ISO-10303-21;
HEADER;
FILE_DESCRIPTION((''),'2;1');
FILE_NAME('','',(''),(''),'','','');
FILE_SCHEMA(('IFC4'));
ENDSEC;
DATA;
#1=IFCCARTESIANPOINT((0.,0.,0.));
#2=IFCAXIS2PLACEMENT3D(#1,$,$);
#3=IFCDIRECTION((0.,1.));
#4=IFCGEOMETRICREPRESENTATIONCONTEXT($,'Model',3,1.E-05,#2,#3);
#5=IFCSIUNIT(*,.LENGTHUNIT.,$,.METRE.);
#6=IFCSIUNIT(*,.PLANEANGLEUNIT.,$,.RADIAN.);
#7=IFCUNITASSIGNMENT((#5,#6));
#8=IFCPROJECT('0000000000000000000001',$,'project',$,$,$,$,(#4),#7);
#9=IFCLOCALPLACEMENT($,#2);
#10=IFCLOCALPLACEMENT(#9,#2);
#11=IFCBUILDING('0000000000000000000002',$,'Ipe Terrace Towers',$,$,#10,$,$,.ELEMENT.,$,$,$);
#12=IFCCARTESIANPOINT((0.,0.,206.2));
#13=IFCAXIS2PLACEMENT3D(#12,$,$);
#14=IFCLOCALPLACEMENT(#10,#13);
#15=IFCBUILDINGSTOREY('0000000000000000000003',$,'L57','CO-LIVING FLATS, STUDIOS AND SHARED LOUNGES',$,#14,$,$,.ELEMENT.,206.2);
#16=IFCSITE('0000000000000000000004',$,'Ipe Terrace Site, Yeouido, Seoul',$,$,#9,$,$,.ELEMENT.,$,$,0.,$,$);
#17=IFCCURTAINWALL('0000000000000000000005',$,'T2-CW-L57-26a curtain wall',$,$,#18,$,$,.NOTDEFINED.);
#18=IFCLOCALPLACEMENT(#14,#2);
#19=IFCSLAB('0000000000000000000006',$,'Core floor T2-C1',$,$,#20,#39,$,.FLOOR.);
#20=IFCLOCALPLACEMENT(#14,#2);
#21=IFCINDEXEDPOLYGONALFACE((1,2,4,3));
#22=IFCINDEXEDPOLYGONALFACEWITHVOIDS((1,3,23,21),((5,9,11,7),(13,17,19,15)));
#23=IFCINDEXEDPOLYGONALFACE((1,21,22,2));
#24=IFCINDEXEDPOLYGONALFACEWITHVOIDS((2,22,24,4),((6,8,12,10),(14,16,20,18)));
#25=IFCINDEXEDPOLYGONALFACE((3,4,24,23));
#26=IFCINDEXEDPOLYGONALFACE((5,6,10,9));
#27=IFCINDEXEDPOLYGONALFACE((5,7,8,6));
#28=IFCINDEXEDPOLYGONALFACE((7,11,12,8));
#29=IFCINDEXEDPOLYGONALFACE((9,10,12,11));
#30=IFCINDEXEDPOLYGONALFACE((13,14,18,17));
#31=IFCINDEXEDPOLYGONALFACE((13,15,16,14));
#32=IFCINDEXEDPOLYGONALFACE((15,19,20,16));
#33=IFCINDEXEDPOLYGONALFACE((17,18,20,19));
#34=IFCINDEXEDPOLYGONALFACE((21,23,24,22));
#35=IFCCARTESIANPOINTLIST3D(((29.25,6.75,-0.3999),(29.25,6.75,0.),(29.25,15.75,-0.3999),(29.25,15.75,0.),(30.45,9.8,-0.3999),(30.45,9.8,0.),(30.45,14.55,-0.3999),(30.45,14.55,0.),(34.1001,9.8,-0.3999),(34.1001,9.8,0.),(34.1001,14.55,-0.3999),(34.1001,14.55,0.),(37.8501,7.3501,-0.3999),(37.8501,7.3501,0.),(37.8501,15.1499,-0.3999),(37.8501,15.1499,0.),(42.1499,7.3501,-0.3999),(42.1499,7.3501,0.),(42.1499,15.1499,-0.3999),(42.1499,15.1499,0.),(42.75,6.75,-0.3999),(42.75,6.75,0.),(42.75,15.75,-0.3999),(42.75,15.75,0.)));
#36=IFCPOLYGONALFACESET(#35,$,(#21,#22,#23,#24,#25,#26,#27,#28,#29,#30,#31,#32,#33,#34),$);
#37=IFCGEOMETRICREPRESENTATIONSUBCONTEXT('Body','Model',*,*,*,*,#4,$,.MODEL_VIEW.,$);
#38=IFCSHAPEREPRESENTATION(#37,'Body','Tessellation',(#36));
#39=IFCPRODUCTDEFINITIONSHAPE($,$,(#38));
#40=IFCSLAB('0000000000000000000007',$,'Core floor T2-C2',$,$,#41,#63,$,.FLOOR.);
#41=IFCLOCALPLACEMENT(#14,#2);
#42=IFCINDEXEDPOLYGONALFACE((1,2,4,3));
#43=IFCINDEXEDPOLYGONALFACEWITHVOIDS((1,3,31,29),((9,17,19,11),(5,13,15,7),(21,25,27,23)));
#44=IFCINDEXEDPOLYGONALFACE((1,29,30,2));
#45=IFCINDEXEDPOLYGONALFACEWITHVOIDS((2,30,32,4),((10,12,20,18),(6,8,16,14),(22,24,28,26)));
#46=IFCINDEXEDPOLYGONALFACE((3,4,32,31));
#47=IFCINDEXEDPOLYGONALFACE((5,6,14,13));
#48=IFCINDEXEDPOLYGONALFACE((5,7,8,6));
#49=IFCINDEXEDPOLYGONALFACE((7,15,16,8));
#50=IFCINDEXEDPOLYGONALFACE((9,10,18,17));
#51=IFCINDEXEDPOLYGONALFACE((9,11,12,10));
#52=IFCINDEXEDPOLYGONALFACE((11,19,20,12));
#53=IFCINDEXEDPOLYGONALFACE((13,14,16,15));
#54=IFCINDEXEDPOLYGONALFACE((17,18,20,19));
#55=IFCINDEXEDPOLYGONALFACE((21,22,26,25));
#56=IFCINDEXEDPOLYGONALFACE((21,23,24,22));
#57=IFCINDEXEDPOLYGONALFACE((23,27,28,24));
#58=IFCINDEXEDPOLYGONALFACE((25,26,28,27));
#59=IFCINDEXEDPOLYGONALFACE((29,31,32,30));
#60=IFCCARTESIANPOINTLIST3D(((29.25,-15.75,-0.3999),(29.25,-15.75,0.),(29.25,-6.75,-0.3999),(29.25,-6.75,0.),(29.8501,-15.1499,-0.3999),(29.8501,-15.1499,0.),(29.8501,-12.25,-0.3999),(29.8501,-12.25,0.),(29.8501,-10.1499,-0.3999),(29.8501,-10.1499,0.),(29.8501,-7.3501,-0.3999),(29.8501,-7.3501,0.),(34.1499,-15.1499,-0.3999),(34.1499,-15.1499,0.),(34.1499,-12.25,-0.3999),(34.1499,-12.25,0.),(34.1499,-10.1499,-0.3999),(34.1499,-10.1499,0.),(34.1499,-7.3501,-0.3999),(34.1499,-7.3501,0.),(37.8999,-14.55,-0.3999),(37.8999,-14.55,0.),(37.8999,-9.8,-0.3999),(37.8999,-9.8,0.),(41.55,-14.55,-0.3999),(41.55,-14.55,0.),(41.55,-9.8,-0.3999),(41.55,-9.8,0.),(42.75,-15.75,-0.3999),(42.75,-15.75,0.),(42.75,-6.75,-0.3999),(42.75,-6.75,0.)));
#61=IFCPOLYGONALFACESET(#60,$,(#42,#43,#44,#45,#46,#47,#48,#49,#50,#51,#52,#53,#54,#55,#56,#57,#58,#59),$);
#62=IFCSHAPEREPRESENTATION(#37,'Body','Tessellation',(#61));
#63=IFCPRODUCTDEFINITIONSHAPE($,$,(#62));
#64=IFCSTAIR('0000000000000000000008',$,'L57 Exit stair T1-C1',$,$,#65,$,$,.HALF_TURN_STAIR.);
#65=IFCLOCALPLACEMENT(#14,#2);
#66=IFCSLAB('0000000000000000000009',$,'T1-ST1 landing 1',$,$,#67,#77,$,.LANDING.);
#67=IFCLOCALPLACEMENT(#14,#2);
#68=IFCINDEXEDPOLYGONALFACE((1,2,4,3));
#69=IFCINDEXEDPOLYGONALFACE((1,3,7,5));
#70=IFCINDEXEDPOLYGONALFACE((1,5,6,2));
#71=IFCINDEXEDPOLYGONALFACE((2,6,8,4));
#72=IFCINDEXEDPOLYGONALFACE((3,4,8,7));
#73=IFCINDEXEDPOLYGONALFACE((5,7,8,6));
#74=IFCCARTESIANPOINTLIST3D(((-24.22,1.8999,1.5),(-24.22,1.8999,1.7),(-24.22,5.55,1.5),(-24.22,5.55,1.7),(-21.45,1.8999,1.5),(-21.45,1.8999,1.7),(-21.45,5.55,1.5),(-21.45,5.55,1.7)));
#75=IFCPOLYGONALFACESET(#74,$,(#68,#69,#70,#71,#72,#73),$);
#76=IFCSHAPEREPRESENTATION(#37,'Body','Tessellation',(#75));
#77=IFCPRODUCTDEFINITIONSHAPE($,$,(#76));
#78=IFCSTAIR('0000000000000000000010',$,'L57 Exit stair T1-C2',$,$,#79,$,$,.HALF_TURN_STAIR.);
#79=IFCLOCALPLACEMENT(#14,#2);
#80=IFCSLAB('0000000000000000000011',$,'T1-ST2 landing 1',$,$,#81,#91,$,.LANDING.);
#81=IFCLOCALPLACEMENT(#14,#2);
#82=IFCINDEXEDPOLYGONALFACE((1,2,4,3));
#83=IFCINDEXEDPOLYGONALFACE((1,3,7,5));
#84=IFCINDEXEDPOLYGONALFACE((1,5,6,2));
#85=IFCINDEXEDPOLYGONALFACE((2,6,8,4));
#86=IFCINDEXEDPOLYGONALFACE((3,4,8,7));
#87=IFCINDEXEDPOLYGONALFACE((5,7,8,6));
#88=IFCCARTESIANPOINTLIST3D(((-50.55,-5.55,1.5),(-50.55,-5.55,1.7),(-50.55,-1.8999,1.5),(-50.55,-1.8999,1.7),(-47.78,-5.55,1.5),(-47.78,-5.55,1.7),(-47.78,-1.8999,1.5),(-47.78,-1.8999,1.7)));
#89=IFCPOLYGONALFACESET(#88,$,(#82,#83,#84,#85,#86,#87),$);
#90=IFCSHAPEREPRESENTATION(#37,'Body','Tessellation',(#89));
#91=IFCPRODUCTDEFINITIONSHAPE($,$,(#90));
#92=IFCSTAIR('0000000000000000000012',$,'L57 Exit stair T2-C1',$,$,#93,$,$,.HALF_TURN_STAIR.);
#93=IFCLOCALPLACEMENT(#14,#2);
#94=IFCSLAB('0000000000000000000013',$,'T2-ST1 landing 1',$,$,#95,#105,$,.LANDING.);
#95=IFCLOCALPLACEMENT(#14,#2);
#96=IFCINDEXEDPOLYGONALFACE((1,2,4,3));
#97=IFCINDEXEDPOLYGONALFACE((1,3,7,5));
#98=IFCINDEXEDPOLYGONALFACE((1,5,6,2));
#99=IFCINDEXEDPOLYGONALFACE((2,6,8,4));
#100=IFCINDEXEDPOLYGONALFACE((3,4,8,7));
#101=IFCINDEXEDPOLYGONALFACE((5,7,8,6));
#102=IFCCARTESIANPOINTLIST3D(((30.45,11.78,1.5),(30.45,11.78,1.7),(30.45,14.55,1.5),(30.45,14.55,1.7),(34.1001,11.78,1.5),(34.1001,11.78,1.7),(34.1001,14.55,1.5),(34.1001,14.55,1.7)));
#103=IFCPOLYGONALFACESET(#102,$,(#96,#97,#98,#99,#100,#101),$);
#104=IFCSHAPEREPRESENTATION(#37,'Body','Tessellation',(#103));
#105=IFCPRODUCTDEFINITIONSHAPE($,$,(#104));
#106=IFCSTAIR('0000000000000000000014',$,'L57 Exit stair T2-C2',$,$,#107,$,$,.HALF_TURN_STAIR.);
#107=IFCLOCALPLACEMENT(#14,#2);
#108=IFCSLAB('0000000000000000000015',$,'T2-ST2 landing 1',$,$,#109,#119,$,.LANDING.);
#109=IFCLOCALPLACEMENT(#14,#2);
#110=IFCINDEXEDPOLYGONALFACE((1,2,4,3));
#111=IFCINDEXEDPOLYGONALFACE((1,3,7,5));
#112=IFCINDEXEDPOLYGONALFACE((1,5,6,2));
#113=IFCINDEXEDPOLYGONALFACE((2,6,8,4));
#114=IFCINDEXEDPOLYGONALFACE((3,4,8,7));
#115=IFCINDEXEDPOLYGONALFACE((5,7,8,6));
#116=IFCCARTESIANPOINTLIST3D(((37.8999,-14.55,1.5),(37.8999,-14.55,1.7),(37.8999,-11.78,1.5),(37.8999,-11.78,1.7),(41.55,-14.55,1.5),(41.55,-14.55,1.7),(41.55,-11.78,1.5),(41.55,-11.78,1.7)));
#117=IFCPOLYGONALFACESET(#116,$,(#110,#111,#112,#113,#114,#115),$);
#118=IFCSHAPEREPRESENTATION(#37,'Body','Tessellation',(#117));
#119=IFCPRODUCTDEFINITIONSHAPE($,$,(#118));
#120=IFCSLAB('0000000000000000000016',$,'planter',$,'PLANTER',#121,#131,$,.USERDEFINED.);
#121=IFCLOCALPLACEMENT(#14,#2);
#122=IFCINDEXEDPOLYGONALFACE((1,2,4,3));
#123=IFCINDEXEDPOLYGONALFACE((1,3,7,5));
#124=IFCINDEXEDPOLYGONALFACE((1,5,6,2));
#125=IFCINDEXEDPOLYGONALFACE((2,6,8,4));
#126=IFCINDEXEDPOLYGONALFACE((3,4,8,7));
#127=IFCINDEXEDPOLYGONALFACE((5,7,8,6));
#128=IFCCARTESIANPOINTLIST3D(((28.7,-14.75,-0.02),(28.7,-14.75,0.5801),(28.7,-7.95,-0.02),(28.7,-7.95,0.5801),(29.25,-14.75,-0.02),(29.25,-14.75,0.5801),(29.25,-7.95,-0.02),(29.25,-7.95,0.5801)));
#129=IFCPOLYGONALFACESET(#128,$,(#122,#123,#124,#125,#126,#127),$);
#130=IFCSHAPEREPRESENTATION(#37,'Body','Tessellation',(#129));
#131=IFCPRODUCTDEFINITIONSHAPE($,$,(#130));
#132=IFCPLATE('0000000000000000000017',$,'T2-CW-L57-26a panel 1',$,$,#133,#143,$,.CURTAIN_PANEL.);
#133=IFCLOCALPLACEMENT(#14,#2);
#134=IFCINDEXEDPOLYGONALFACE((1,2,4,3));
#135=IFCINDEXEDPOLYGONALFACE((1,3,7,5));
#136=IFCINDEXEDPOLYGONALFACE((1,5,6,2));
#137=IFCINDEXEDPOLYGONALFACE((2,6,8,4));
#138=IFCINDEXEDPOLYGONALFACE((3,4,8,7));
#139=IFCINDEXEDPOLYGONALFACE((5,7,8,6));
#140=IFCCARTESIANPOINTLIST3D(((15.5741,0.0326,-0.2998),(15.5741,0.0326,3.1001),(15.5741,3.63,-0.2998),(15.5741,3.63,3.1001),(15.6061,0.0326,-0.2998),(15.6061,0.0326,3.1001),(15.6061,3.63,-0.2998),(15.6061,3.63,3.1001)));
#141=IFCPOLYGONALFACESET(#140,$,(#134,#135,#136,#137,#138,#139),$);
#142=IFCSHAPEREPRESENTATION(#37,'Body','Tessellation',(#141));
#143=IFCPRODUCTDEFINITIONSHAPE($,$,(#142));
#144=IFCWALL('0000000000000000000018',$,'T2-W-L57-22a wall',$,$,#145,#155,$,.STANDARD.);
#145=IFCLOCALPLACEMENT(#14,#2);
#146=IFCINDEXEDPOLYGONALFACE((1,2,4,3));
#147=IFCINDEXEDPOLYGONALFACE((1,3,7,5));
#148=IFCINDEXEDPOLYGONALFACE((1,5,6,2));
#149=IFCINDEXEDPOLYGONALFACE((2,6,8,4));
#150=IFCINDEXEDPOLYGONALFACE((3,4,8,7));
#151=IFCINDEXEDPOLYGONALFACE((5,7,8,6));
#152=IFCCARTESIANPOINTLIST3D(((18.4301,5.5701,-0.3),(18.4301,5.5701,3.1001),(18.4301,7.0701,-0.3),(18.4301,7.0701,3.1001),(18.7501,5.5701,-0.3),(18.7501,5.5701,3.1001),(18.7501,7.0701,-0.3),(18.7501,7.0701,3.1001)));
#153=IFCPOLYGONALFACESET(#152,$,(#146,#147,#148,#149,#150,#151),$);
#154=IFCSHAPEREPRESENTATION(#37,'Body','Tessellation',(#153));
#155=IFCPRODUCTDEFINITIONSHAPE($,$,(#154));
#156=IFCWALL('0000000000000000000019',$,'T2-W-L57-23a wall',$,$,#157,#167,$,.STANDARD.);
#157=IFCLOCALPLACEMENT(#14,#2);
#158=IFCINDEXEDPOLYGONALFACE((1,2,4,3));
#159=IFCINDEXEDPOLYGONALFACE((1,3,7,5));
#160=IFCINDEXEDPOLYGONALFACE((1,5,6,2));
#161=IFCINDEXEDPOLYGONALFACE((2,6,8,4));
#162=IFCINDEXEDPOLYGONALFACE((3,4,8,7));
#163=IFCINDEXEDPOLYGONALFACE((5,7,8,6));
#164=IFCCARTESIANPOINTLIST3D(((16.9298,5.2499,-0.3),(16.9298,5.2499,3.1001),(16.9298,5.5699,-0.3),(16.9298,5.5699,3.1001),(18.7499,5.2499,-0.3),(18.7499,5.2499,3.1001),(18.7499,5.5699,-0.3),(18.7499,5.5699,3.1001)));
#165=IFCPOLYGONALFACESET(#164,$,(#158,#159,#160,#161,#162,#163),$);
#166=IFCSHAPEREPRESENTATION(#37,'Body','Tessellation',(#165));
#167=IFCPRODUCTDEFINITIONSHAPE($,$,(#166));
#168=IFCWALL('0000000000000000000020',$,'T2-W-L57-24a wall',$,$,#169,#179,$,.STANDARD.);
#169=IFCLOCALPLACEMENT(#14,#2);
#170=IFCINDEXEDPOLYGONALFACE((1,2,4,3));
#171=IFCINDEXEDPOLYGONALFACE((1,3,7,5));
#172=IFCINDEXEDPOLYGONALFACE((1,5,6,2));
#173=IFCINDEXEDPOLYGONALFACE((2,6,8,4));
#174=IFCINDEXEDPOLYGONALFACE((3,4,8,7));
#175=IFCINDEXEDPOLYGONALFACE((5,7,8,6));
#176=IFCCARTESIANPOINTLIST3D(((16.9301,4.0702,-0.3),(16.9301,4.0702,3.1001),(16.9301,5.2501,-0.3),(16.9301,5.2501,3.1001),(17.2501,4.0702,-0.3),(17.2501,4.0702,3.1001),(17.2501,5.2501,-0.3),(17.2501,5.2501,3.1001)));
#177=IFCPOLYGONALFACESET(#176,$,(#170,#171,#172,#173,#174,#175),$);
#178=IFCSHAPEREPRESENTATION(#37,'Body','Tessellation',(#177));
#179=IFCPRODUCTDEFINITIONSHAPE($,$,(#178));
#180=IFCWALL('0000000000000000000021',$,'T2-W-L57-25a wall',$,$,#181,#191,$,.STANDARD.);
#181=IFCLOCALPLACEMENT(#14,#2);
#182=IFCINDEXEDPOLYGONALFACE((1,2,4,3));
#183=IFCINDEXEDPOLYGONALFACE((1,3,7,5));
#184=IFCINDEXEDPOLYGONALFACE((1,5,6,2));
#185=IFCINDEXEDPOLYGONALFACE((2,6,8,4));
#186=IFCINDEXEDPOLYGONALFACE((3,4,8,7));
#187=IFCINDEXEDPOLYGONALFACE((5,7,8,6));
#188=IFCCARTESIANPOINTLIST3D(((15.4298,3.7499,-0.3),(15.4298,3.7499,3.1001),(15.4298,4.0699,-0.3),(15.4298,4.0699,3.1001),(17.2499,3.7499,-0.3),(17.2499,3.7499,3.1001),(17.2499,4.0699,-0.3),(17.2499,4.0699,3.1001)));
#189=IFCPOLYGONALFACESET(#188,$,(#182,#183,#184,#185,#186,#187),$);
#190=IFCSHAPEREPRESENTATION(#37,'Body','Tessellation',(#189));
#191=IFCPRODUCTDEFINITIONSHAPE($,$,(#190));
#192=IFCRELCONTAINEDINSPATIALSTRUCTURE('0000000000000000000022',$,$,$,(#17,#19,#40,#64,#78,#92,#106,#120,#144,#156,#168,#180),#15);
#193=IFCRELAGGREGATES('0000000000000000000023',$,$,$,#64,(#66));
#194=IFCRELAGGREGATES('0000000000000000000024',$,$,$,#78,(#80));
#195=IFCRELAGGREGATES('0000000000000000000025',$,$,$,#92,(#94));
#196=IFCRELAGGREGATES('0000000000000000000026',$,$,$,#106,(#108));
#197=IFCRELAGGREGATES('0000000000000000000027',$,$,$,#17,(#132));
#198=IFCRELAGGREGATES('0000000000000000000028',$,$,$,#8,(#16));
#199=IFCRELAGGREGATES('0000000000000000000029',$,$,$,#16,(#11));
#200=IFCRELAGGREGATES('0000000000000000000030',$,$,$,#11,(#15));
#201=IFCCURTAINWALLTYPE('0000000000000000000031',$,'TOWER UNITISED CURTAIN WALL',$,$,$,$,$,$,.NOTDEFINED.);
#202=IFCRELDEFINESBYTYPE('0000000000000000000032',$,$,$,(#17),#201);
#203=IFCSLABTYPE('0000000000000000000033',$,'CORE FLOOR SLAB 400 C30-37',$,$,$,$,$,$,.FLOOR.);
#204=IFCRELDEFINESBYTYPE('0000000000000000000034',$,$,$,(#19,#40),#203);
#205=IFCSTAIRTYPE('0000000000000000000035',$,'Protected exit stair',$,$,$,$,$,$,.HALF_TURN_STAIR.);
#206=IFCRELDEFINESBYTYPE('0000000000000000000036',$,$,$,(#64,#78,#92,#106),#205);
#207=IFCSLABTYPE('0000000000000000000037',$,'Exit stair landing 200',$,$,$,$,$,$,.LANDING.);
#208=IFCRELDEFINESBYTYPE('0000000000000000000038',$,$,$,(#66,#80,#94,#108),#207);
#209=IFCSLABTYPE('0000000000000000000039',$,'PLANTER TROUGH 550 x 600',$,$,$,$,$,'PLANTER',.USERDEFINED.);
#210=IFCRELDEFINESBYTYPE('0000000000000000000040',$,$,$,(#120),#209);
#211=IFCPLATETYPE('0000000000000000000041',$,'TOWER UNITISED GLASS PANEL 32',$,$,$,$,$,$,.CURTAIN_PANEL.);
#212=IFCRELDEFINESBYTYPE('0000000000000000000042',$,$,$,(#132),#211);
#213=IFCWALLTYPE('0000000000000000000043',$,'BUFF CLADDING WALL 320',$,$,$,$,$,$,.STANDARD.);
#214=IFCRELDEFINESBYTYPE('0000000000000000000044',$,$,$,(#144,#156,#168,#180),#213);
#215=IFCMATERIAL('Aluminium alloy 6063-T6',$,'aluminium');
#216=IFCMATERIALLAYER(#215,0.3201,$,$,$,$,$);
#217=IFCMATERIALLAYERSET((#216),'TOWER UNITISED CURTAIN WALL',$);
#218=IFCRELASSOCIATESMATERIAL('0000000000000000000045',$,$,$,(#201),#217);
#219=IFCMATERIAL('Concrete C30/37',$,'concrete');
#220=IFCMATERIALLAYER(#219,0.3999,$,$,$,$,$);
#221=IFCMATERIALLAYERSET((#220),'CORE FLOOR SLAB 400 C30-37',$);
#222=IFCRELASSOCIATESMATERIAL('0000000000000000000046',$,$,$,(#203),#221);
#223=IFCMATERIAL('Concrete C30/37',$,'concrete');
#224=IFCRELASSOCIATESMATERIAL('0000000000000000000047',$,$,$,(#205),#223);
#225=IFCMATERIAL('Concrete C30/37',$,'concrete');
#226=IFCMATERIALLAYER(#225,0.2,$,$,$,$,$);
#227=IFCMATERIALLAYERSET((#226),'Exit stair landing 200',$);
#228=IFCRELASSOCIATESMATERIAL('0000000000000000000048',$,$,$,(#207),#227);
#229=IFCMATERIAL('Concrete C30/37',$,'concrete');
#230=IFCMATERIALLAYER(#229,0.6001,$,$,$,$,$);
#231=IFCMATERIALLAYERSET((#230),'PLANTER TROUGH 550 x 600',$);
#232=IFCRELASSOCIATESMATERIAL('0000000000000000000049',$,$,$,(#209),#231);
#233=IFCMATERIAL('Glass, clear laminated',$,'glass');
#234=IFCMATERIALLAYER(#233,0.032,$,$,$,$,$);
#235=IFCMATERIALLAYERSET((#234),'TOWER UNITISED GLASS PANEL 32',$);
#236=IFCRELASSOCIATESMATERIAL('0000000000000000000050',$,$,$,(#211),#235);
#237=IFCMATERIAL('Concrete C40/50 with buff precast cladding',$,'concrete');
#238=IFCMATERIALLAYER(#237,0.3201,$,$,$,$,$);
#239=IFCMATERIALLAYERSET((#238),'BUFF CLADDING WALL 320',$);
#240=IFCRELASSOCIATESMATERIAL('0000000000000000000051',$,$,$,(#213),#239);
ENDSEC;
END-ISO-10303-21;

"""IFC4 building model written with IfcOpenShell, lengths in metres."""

from ifc_helpers import new_model, si_unit, direction, frame, frame_2d, origin, origin_2d, place, context, subcontext, project, spatial, polyline, rectangle, outline, extrude, material, layer, layer_set, type_object, element, aggregate, save


model = new_model("IFC4")

# Units and contexts
model_context = context("Model", 3, precision=1e-05, world=origin(), true_north=direction((0.0, 1.0)))
body_context = subcontext(model_context, "Body", "Model", "MODEL_VIEW")
ifc_project = project(units=[si_unit("LENGTHUNIT", "METRE"), si_unit("PLANEANGLEUNIT", "RADIAN")], contexts=[model_context])

# Site, building, storey
site_placement = place(None, origin())
site = spatial("IfcSite", under=ifc_project, at=site_placement, Name="Ipe Terrace Site, Yeouido, Seoul", CompositionType="ELEMENT", RefElevation=0.0)
building_placement = place(site_placement, origin())
building = spatial("IfcBuilding", under=site, at=building_placement, Name="Ipe Terrace Towers", CompositionType="ELEMENT")
storey_placement = place(building_placement, frame((0.0, 0.0, 206.2)))
storey = spatial("IfcBuildingStorey", under=building, at=storey_placement, Name="L57", Description="CO-LIVING FLATS, STUDIOS AND SHARED LOUNGES", CompositionType="ELEMENT", Elevation=206.2)

# Shared definitions
ifc_material_1 = material(Name="Aluminium alloy 6063-T6", Category="aluminium")
ifc_layer_1 = layer(ifc_material_1, 0.3201)
ifc_layer_set_1 = layer_set([ifc_layer_1], Name="TOWER UNITISED CURTAIN WALL")
curtain_wall_type = type_object("IfcCurtainWallType", Name="TOWER UNITISED CURTAIN WALL", PredefinedType="NOTDEFINED", material=ifc_layer_set_1)

# Curtain wall
curtain_wall_1_placement = place(storey_placement, origin())
curtain_wall_1 = element("IfcCurtainWall", 1, at=curtain_wall_1_placement, inside=storey, type_object=curtain_wall_type, Name="T2-CW-L57-26a curtain wall", PredefinedType="NOTDEFINED")

# Slabs
ifc_material_2 = material(Name="Concrete C30/37", Category="concrete")
ifc_layer_2 = layer(ifc_material_2, 0.3999)
ifc_layer_set_2 = layer_set([ifc_layer_2], Name="CORE FLOOR SLAB 400 C30-37")
slab_type_1 = type_object("IfcSlabType", Name="CORE FLOOR SLAB 400 C30-37", PredefinedType="FLOOR", material=ifc_layer_set_2)
slab_1_placement = place(storey_placement, frame((0.0, 0.0, -0.3999)))
element("IfcSlab", 2, at=slab_1_placement, inside=storey, type_object=slab_type_1, Name="Core floor T2-C1", PredefinedType="FLOOR", context=body_context, shape_type="SweptSolid", body=[
    extrude(outline(polyline([(29.25, 6.75), (29.25, 15.75), (42.75, 15.75), (42.75, 6.75), (29.25, 6.75)]), holes=[polyline([(42.1499, 7.3501), (42.1499, 15.1499), (37.8501, 15.1499), (37.8501, 7.3501), (42.1499, 7.3501)]), polyline([(30.45, 9.8), (34.1001, 9.8), (34.1001, 14.55), (30.45, 14.55), (30.45, 9.8)])]), origin(), (0.0, 0.0, 1.0), 0.3999),
])
slab_2_placement = place(storey_placement, frame((0.0, 0.0, -0.3999)))
element("IfcSlab", 3, at=slab_2_placement, inside=storey, type_object=slab_type_1, Name="Core floor T2-C2", PredefinedType="FLOOR", context=body_context, shape_type="SweptSolid", body=[
    extrude(outline(polyline([(29.25, -15.75), (29.25, -6.75), (42.75, -6.75), (42.75, -15.75), (29.25, -15.75)]), holes=[polyline([(29.8501, -12.25), (29.8501, -15.1499), (34.1499, -15.1499), (34.1499, -12.25), (29.8501, -12.25)]), polyline([(41.55, -9.8), (37.8999, -9.8), (37.8999, -14.55), (41.55, -14.55), (41.55, -9.8)]), polyline([(34.1499, -7.3501), (29.8501, -7.3501), (29.8501, -10.1499), (34.1499, -10.1499), (34.1499, -7.3501)])]), origin(), (0.0, 0.0, 1.0), 0.3999),
])

# Stairs, slabs
ifc_material_3 = material(Name="Concrete C30/37", Category="concrete")
stair_type = type_object("IfcStairType", Name="Protected exit stair", PredefinedType="HALF_TURN_STAIR", material=ifc_material_3)
stair_1_placement = place(storey_placement, origin())
stair_1 = element("IfcStair", 4, at=stair_1_placement, inside=storey, type_object=stair_type, Name="L57 Exit stair T1-C1", PredefinedType="HALF_TURN_STAIR")
ifc_material_4 = material(Name="Concrete C30/37", Category="concrete")
ifc_layer_3 = layer(ifc_material_4, 0.2)
ifc_layer_set_3 = layer_set([ifc_layer_3], Name="Exit stair landing 200")
slab_type_2 = type_object("IfcSlabType", Name="Exit stair landing 200", PredefinedType="LANDING", material=ifc_layer_set_3)
slab_3_placement = place(storey_placement, frame((0.0, 0.0, 1.5)))
slab_3 = element("IfcSlab", 5, at=slab_3_placement, type_object=slab_type_2, Name="T1-ST1 landing 1", PredefinedType="LANDING", context=body_context, shape_type="SweptSolid", body=[
    extrude(outline(polyline([(-24.22, 1.8999), (-21.45, 1.8999), (-21.45, 5.55), (-24.22, 5.55), (-24.22, 1.8999)])), origin(), (0.0, 0.0, 1.0), 0.2),
])
aggregate(stair_1, [slab_3])
stair_2_placement = place(storey_placement, origin())
stair_2 = element("IfcStair", 6, at=stair_2_placement, inside=storey, type_object=stair_type, Name="L57 Exit stair T1-C2", PredefinedType="HALF_TURN_STAIR")
slab_4_placement = place(storey_placement, frame((0.0, 0.0, 1.5)))
slab_4 = element("IfcSlab", 7, at=slab_4_placement, type_object=slab_type_2, Name="T1-ST2 landing 1", PredefinedType="LANDING", context=body_context, shape_type="SweptSolid", body=[
    extrude(outline(polyline([(-47.78, -1.8999), (-50.55, -1.8999), (-50.55, -5.55), (-47.78, -5.55), (-47.78, -1.8999)])), origin(), (0.0, 0.0, 1.0), 0.2),
])
aggregate(stair_2, [slab_4])
stair_3_placement = place(storey_placement, origin())
stair_3 = element("IfcStair", 8, at=stair_3_placement, inside=storey, type_object=stair_type, Name="L57 Exit stair T2-C1", PredefinedType="HALF_TURN_STAIR")
slab_5_placement = place(storey_placement, frame((0.0, 0.0, 1.5)))
slab_5 = element("IfcSlab", 9, at=slab_5_placement, type_object=slab_type_2, Name="T2-ST1 landing 1", PredefinedType="LANDING", context=body_context, shape_type="SweptSolid", body=[
    extrude(outline(polyline([(34.1001, 11.78), (34.1001, 14.55), (30.45, 14.55), (30.45, 11.78), (34.1001, 11.78)])), origin(), (0.0, 0.0, 1.0), 0.2),
])
aggregate(stair_3, [slab_5])
stair_4_placement = place(storey_placement, origin())
stair_4 = element("IfcStair", 10, at=stair_4_placement, inside=storey, type_object=stair_type, Name="L57 Exit stair T2-C2", PredefinedType="HALF_TURN_STAIR")
slab_6_placement = place(storey_placement, frame((0.0, 0.0, 1.5)))
slab_6 = element("IfcSlab", 11, at=slab_6_placement, type_object=slab_type_2, Name="T2-ST2 landing 1", PredefinedType="LANDING", context=body_context, shape_type="SweptSolid", body=[
    extrude(outline(polyline([(37.8999, -11.78), (37.8999, -14.55), (41.55, -14.55), (41.55, -11.78), (37.8999, -11.78)])), origin(), (0.0, 0.0, 1.0), 0.2),
])
aggregate(stair_4, [slab_6])

# Slab
ifc_material_5 = material(Name="Concrete C30/37", Category="concrete")
ifc_layer_4 = layer(ifc_material_5, 0.6001)
ifc_layer_set_4 = layer_set([ifc_layer_4], Name="PLANTER TROUGH 550 x 600")
slab_type_3 = type_object("IfcSlabType", Name="PLANTER TROUGH 550 x 600", ElementType="PLANTER", PredefinedType="USERDEFINED", material=ifc_layer_set_4)
slab_7_placement = place(storey_placement, frame((0.0, 0.0, -0.02)))
element("IfcSlab", 12, at=slab_7_placement, inside=storey, type_object=slab_type_3, Name="planter", ObjectType="PLANTER", PredefinedType="USERDEFINED", context=body_context, shape_type="SweptSolid", body=[
    extrude(outline(polyline([(29.25, -7.95), (28.7, -7.95), (28.7, -14.75), (29.25, -14.75), (29.25, -7.95)])), origin(), (0.0, 0.0, 1.0), 0.6001),
])

# Plate
ifc_material_6 = material(Name="Glass, clear laminated", Category="glass")
ifc_layer_5 = layer(ifc_material_6, 0.032)
ifc_layer_set_5 = layer_set([ifc_layer_5], Name="TOWER UNITISED GLASS PANEL 32")
plate_type = type_object("IfcPlateType", Name="TOWER UNITISED GLASS PANEL 32", PredefinedType="CURTAIN_PANEL", material=ifc_layer_set_5)
plate_placement = place(storey_placement, frame((15.5901, 1.8313, -0.2998), z_axis=(0.0, 0.0, 1.0), x_axis=(0.0, -1.0, 0.0)))
plate = element("IfcPlate", 13, at=plate_placement, type_object=plate_type, Name="T2-CW-L57-26a panel 1", PredefinedType="CURTAIN_PANEL", context=body_context, shape_type="SweptSolid", body=[
    extrude(rectangle(XDim=3.5974, YDim=0.032, at=origin_2d()), origin(), (0.0, 0.0, 1.0), 3.3999),
])
aggregate(curtain_wall_1, [plate])

# Walls
ifc_material_7 = material(Name="Concrete C40/50 with buff precast cladding", Category="concrete")
ifc_layer_6 = layer(ifc_material_7, 0.3201)
ifc_layer_set_6 = layer_set([ifc_layer_6], Name="BUFF CLADDING WALL 320")
wall_type_1 = type_object("IfcWallType", Name="BUFF CLADDING WALL 320", PredefinedType="STANDARD", material=ifc_layer_set_6)
wall_1_placement = place(storey_placement, frame((18.5901, 7.0701, -0.3), z_axis=(0.0, 0.0, 1.0), x_axis=(0.0, -1.0, 0.0)))
element("IfcWall", 14, at=wall_1_placement, inside=storey, type_object=wall_type_1, Name="T2-W-L57-22a wall", PredefinedType="STANDARD", context=body_context, shape_type="SweptSolid", body=[
    extrude(rectangle(XDim=1.5, YDim=0.3201, at=frame_2d((0.75, 0.0))), origin(), (0.0, 0.0, 1.0), 3.4001),
])
wall_2_placement = place(storey_placement, frame((18.75, 5.4099, -0.3), z_axis=(0.0, 0.0, 1.0), x_axis=(-1.0, 0.0, 0.0)))
element("IfcWall", 15, at=wall_2_placement, inside=storey, type_object=wall_type_1, Name="T2-W-L57-23a wall", PredefinedType="STANDARD", context=body_context, shape_type="SweptSolid", body=[
    extrude(rectangle(XDim=1.8201, YDim=0.3201, at=frame_2d((0.9102, 0.0))), origin(), (0.0, 0.0, 1.0), 3.4001),
])
wall_3_placement = place(storey_placement, frame((17.0901, 5.25, -0.3), z_axis=(0.0, 0.0, 1.0), x_axis=(0.0, -1.0, 0.0)))
element("IfcWall", 16, at=wall_3_placement, inside=storey, type_object=wall_type_1, Name="T2-W-L57-24a wall", PredefinedType="STANDARD", context=body_context, shape_type="SweptSolid", body=[
    extrude(rectangle(XDim=1.1799, YDim=0.3201, at=frame_2d((0.5898, 0.0))), origin(), (0.0, 0.0, 1.0), 3.4001),
])
wall_4_placement = place(storey_placement, frame((17.25, 3.9099, -0.3), z_axis=(0.0, 0.0, 1.0), x_axis=(-1.0, 0.0, 0.0)))
element("IfcWall", 17, at=wall_4_placement, inside=storey, type_object=wall_type_1, Name="T2-W-L57-25a wall", PredefinedType="STANDARD", context=body_context, shape_type="SweptSolid", body=[
    extrude(rectangle(XDim=1.8201, YDim=0.3201, at=frame_2d((0.9102, 0.0))), origin(), (0.0, 0.0, 1.0), 3.4001),
])

save(model, "model.ifc")
